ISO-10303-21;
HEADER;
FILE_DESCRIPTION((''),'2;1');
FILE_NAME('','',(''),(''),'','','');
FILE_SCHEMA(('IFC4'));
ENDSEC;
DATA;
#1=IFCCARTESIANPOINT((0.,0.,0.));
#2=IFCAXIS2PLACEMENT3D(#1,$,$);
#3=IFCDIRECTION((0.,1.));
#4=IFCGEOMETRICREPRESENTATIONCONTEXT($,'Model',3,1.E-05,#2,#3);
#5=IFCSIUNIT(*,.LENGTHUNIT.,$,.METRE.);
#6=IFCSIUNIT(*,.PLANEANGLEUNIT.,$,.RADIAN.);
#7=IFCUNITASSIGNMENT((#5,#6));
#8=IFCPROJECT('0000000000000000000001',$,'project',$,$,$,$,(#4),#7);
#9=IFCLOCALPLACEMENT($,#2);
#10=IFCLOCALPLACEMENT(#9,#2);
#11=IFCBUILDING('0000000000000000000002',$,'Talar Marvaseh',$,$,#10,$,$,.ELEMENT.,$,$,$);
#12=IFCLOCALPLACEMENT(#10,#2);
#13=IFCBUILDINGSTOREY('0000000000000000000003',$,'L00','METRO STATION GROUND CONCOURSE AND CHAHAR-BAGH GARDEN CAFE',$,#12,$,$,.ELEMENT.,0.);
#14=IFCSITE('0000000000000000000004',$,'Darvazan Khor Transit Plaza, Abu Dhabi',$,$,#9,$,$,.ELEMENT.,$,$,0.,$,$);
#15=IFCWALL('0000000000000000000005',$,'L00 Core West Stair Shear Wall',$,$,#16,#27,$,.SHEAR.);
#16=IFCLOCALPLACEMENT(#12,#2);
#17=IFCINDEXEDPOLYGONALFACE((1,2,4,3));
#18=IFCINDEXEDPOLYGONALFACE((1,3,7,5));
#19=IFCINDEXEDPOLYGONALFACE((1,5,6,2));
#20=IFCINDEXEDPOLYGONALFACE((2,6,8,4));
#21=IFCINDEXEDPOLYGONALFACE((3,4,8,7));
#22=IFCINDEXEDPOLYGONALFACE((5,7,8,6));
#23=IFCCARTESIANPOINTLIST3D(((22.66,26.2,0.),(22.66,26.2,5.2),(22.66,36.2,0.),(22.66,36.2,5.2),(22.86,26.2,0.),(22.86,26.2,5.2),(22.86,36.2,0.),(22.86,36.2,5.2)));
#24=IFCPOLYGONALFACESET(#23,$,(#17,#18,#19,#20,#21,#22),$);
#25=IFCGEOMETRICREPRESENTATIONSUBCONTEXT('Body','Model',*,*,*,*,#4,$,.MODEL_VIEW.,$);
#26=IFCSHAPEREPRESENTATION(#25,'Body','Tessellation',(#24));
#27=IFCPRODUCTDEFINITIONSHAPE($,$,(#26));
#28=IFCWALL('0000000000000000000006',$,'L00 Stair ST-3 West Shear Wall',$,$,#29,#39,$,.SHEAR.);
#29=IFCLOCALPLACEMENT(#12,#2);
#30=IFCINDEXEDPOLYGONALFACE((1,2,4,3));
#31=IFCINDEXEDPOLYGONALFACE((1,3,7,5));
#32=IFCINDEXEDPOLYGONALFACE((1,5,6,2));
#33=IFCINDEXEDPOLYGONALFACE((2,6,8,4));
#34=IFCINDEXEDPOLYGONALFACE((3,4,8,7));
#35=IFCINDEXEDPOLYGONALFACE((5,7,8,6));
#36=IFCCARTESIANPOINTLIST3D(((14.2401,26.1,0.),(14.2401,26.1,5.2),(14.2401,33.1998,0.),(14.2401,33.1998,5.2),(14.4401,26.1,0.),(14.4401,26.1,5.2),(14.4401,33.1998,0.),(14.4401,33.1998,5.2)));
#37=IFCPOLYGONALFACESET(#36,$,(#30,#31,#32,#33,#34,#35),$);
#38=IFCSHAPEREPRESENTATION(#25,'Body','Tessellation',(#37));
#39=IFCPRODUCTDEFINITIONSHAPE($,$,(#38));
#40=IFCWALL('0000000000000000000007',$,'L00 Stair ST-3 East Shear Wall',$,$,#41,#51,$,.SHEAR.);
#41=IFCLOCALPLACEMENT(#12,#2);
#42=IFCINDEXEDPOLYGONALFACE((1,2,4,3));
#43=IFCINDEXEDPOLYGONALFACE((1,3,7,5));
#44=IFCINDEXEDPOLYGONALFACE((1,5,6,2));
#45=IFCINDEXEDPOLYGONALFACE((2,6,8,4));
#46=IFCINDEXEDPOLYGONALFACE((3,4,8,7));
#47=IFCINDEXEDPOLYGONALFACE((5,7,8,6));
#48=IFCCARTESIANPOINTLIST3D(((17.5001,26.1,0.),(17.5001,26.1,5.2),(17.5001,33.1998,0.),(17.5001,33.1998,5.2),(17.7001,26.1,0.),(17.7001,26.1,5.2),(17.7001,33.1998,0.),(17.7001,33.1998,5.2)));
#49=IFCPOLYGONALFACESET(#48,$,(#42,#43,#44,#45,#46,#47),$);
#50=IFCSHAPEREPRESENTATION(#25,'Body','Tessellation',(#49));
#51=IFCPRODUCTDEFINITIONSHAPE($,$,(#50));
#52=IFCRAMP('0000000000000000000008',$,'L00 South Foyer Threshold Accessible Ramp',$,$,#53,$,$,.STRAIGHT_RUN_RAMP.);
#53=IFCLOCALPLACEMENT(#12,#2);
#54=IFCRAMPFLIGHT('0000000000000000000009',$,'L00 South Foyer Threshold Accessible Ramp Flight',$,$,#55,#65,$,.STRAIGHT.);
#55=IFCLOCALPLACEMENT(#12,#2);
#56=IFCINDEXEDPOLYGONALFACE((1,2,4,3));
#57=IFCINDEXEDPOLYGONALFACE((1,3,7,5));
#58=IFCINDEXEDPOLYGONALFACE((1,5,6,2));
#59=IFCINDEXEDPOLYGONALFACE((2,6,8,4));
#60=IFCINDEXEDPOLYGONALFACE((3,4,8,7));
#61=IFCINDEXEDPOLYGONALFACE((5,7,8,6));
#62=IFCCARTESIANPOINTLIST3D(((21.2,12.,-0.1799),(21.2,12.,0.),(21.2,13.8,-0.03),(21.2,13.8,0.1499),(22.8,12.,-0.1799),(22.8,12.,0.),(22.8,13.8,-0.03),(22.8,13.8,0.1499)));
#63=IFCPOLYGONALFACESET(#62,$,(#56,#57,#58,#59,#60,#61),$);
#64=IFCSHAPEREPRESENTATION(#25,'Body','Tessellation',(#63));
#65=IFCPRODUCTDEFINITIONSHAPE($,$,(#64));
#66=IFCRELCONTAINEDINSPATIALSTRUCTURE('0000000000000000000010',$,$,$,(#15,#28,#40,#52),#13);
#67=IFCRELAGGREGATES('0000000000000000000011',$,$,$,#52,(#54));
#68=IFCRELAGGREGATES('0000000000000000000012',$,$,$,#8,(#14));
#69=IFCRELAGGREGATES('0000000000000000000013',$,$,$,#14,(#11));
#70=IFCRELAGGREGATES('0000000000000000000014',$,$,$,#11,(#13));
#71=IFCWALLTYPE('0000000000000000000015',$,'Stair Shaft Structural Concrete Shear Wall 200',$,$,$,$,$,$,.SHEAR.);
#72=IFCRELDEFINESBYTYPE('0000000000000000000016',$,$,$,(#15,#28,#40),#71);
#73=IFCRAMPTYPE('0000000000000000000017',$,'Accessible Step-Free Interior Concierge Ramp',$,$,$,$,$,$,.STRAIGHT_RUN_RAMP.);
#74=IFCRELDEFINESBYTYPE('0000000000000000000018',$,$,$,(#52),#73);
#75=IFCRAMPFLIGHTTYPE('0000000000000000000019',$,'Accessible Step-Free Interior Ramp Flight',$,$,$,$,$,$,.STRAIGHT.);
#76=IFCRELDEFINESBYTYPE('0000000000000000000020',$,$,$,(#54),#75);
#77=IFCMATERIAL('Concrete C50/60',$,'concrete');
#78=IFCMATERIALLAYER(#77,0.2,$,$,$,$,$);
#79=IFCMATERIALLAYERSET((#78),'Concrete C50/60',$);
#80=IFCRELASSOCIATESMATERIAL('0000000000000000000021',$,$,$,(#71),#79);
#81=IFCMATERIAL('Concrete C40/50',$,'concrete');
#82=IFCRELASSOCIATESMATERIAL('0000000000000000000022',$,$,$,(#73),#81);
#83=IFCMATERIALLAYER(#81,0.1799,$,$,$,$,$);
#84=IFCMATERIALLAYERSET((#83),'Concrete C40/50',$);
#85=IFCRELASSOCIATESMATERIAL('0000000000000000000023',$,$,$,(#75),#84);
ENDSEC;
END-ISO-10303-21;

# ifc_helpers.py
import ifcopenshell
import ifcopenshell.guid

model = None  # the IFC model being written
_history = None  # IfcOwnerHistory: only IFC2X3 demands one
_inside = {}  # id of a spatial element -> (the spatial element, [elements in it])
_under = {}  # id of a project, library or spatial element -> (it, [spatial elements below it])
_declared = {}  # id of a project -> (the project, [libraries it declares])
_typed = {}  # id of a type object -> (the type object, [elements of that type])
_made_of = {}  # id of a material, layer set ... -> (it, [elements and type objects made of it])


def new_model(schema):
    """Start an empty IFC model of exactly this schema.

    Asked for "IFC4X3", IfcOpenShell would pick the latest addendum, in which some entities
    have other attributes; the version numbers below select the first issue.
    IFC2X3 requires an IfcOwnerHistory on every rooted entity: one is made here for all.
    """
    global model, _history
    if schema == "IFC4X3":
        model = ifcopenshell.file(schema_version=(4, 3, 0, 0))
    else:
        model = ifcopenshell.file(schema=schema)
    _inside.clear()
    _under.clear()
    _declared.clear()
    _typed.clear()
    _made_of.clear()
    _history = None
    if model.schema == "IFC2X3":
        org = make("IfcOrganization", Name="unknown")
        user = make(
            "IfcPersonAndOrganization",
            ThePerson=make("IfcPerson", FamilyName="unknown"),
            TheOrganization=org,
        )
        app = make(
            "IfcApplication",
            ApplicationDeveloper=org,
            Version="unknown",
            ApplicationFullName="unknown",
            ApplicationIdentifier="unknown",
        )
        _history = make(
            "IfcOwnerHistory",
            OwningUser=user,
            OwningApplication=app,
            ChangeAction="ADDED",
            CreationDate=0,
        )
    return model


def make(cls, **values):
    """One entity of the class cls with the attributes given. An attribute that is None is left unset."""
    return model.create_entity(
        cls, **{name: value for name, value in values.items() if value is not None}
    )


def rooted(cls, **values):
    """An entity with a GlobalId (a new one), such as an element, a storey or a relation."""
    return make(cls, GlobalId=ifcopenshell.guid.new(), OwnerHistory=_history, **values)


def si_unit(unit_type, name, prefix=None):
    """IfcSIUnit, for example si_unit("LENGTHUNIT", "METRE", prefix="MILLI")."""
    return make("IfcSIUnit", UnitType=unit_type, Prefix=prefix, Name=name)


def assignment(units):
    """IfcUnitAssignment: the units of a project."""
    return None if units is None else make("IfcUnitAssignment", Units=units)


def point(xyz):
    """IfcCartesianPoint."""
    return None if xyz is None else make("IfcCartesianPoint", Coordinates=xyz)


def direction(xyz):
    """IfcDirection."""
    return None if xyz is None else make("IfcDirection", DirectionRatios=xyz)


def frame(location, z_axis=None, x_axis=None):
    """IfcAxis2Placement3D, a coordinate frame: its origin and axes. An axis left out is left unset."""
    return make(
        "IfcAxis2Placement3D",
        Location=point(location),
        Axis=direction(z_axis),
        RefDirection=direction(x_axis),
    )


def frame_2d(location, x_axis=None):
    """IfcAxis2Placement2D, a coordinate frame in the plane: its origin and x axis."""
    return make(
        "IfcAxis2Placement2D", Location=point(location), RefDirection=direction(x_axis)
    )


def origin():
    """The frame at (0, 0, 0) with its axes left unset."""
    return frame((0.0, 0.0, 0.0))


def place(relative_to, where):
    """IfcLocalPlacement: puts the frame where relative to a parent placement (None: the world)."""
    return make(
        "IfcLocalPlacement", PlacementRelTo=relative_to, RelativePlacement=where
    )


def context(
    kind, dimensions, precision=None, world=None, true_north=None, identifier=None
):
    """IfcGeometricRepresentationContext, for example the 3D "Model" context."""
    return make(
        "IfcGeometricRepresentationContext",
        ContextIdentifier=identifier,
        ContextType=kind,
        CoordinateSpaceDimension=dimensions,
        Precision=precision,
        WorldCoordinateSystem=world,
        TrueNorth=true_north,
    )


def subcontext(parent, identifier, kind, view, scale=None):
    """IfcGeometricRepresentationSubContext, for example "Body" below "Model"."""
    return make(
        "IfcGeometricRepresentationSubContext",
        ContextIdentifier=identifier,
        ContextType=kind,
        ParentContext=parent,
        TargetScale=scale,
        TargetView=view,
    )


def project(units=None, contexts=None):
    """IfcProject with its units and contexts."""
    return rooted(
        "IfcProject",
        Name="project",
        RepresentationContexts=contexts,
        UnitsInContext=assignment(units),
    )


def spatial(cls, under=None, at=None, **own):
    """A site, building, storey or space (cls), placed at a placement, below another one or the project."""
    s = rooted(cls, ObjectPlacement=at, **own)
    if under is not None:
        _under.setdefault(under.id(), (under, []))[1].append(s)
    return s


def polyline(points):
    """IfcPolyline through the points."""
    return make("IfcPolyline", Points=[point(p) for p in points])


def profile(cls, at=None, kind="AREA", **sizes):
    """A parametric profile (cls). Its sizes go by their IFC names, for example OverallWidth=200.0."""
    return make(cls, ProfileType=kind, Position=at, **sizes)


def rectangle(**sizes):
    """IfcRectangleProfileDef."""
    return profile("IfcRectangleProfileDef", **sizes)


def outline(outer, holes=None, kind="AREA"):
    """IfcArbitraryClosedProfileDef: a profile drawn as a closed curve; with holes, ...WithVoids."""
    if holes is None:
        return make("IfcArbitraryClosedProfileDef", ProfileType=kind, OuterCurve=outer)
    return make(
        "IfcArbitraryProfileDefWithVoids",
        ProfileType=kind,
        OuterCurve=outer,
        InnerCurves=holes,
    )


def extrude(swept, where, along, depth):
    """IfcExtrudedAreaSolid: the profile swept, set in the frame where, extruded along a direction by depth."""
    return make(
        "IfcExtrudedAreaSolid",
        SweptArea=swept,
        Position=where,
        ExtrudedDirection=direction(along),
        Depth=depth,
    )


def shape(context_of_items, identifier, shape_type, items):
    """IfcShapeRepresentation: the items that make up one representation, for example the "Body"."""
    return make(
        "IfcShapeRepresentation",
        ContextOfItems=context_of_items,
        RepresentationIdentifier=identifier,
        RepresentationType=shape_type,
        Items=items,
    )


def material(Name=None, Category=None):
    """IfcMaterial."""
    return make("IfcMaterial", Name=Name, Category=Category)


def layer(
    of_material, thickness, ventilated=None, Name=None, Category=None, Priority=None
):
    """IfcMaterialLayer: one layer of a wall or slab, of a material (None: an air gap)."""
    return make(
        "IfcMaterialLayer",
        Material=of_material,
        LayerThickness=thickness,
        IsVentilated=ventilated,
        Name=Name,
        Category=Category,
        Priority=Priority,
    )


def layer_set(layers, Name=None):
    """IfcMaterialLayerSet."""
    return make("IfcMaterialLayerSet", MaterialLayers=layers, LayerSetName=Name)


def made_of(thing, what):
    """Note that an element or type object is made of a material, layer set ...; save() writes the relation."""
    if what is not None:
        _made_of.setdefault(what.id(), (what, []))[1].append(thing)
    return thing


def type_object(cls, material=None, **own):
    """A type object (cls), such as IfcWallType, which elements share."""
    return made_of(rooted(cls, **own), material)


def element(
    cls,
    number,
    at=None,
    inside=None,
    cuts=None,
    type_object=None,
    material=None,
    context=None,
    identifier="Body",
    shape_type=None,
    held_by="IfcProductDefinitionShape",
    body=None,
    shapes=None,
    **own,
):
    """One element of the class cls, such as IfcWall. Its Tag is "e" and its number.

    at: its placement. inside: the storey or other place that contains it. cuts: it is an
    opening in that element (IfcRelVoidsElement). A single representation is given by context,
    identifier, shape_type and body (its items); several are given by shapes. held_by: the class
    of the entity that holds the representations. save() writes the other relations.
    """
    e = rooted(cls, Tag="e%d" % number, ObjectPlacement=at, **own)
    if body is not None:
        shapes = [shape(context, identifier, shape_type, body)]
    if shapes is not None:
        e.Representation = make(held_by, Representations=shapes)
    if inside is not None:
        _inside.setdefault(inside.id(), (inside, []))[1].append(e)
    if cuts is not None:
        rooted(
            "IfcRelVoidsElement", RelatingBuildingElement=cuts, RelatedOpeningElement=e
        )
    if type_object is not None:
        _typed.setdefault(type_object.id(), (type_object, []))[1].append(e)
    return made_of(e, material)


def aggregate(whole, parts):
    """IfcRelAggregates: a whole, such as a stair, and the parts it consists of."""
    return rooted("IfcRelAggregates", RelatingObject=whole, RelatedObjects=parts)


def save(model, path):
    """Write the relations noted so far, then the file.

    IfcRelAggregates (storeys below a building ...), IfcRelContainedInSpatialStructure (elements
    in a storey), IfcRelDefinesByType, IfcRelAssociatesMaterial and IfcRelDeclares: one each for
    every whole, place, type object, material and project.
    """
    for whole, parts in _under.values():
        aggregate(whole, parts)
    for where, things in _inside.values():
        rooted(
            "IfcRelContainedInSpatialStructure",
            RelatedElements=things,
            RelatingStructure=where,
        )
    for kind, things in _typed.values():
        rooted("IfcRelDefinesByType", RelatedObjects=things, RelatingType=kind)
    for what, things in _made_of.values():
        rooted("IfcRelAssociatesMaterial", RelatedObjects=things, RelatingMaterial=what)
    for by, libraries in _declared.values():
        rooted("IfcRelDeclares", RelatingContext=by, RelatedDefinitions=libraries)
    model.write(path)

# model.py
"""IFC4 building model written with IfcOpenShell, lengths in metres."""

from ifc_helpers import new_model, si_unit, direction, frame, frame_2d, origin, place, context, subcontext, project, spatial, polyline, rectangle, outline, extrude, material, layer, layer_set, type_object, element, aggregate, save


model = new_model("IFC4")

# Units and contexts
model_context = context("Model", 3, precision=1e-05, world=origin(), true_north=direction((0.0, 1.0)))
body_context = subcontext(model_context, "Body", "Model", "MODEL_VIEW")
ifc_project = project(units=[si_unit("LENGTHUNIT", "METRE"), si_unit("PLANEANGLEUNIT", "RADIAN")], contexts=[model_context])

# Site, building, storey
site_placement = place(None, origin())
site = spatial("IfcSite", under=ifc_project, at=site_placement, Name="Darvazan Khor Transit Plaza, Abu Dhabi", CompositionType="ELEMENT", RefElevation=0.0)
building_placement = place(site_placement, origin())
building = spatial("IfcBuilding", under=site, at=building_placement, Name="Talar Marvaseh", CompositionType="ELEMENT")
storey_placement = place(building_placement, origin())
storey = spatial("IfcBuildingStorey", under=building, at=storey_placement, Name="L00", Description="METRO STATION GROUND CONCOURSE AND CHAHAR-BAGH GARDEN CAFE", CompositionType="ELEMENT", Elevation=0.0)

# Wall
ifc_material_1 = material(Name="Concrete C50/60", Category="concrete")
ifc_layer_1 = layer(ifc_material_1, 0.2)
ifc_layer_set_1 = layer_set([ifc_layer_1], Name="Concrete C50/60")
wall_type_1 = type_object("IfcWallType", Name="Stair Shaft Structural Concrete Shear Wall 200", PredefinedType="SHEAR", material=ifc_layer_set_1)
wall_1_placement = place(storey_placement, frame((22.76, 26.2, 0.0), z_axis=(0.0, 0.0, 1.0), x_axis=(0.0, 1.0, 0.0)))
element("IfcWall", 1, at=wall_1_placement, inside=storey, type_object=wall_type_1, Name="L00 Core West Stair Shear Wall", PredefinedType="SHEAR", context=body_context, shape_type="SweptSolid", body=[
    extrude(rectangle(XDim=10.0, YDim=0.2, at=frame_2d((5.0, 0.0))), origin(), (0.0, 0.0, 1.0), 5.2),
])

# Walls
for number, where, z_axis, x_axis, name in (
    (2, (14.3401, 26.1001, 0.0), (0.0, 0.0, 1.0), (0.0, 1.0, 0.0), "L00 Stair ST-3 West Shear Wall"),
    (3, (17.6001, 26.1001, 0.0), (0.0, 0.0, 1.0), (0.0, 1.0, 0.0), "L00 Stair ST-3 East Shear Wall"),
):
    element("IfcWall", number, at=place(storey_placement, frame(where, z_axis=z_axis, x_axis=x_axis)), inside=storey, type_object=wall_type_1, Name=name, PredefinedType="SHEAR", context=body_context, shape_type="SweptSolid", body=[
        extrude(rectangle(XDim=7.0999, YDim=0.2, at=frame_2d((3.5498, 0.0))), origin(), (0.0, 0.0, 1.0), 5.2),
    ])

# Ramp, ramp flight
ifc_material_2 = material(Name="Concrete C40/50", Category="concrete")
ramp_type = type_object("IfcRampType", Name="Accessible Step-Free Interior Concierge Ramp", PredefinedType="STRAIGHT_RUN_RAMP", material=ifc_material_2)
ramp_placement = place(storey_placement, origin())
ramp = element("IfcRamp", 4, at=ramp_placement, inside=storey, type_object=ramp_type, Name="L00 South Foyer Threshold Accessible Ramp", PredefinedType="STRAIGHT_RUN_RAMP")
ifc_layer_2 = layer(ifc_material_2, 0.1799)
ifc_layer_set_2 = layer_set([ifc_layer_2], Name="Concrete C40/50")
ramp_flight_type = type_object("IfcRampFlightType", Name="Accessible Step-Free Interior Ramp Flight", PredefinedType="STRAIGHT", material=ifc_layer_set_2)
ramp_flight_placement = place(storey_placement, frame((22.0, 12.0, 0.0), z_axis=(0.0, 0.0, 1.0), x_axis=(0.0, 1.0, 0.0)))
ramp_flight = element("IfcRampFlight", 5, at=ramp_flight_placement, type_object=ramp_flight_type, Name="L00 South Foyer Threshold Accessible Ramp Flight", PredefinedType="STRAIGHT", context=body_context, shape_type="SweptSolid", body=[
    extrude(outline(polyline([(0.0, 0.0), (0.0, -0.1799), (1.8, -0.03), (1.8, 0.1499), (0.0, 0.0)])), frame((0.0, 0.8, 0.0), z_axis=(0.0, -1.0, 0.0), x_axis=(1.0, 0.0, 0.0)), (0.0, 0.0, 1.0), 1.6001),
])
aggregate(ramp, [ramp_flight])

save(model, "model.ifc")
